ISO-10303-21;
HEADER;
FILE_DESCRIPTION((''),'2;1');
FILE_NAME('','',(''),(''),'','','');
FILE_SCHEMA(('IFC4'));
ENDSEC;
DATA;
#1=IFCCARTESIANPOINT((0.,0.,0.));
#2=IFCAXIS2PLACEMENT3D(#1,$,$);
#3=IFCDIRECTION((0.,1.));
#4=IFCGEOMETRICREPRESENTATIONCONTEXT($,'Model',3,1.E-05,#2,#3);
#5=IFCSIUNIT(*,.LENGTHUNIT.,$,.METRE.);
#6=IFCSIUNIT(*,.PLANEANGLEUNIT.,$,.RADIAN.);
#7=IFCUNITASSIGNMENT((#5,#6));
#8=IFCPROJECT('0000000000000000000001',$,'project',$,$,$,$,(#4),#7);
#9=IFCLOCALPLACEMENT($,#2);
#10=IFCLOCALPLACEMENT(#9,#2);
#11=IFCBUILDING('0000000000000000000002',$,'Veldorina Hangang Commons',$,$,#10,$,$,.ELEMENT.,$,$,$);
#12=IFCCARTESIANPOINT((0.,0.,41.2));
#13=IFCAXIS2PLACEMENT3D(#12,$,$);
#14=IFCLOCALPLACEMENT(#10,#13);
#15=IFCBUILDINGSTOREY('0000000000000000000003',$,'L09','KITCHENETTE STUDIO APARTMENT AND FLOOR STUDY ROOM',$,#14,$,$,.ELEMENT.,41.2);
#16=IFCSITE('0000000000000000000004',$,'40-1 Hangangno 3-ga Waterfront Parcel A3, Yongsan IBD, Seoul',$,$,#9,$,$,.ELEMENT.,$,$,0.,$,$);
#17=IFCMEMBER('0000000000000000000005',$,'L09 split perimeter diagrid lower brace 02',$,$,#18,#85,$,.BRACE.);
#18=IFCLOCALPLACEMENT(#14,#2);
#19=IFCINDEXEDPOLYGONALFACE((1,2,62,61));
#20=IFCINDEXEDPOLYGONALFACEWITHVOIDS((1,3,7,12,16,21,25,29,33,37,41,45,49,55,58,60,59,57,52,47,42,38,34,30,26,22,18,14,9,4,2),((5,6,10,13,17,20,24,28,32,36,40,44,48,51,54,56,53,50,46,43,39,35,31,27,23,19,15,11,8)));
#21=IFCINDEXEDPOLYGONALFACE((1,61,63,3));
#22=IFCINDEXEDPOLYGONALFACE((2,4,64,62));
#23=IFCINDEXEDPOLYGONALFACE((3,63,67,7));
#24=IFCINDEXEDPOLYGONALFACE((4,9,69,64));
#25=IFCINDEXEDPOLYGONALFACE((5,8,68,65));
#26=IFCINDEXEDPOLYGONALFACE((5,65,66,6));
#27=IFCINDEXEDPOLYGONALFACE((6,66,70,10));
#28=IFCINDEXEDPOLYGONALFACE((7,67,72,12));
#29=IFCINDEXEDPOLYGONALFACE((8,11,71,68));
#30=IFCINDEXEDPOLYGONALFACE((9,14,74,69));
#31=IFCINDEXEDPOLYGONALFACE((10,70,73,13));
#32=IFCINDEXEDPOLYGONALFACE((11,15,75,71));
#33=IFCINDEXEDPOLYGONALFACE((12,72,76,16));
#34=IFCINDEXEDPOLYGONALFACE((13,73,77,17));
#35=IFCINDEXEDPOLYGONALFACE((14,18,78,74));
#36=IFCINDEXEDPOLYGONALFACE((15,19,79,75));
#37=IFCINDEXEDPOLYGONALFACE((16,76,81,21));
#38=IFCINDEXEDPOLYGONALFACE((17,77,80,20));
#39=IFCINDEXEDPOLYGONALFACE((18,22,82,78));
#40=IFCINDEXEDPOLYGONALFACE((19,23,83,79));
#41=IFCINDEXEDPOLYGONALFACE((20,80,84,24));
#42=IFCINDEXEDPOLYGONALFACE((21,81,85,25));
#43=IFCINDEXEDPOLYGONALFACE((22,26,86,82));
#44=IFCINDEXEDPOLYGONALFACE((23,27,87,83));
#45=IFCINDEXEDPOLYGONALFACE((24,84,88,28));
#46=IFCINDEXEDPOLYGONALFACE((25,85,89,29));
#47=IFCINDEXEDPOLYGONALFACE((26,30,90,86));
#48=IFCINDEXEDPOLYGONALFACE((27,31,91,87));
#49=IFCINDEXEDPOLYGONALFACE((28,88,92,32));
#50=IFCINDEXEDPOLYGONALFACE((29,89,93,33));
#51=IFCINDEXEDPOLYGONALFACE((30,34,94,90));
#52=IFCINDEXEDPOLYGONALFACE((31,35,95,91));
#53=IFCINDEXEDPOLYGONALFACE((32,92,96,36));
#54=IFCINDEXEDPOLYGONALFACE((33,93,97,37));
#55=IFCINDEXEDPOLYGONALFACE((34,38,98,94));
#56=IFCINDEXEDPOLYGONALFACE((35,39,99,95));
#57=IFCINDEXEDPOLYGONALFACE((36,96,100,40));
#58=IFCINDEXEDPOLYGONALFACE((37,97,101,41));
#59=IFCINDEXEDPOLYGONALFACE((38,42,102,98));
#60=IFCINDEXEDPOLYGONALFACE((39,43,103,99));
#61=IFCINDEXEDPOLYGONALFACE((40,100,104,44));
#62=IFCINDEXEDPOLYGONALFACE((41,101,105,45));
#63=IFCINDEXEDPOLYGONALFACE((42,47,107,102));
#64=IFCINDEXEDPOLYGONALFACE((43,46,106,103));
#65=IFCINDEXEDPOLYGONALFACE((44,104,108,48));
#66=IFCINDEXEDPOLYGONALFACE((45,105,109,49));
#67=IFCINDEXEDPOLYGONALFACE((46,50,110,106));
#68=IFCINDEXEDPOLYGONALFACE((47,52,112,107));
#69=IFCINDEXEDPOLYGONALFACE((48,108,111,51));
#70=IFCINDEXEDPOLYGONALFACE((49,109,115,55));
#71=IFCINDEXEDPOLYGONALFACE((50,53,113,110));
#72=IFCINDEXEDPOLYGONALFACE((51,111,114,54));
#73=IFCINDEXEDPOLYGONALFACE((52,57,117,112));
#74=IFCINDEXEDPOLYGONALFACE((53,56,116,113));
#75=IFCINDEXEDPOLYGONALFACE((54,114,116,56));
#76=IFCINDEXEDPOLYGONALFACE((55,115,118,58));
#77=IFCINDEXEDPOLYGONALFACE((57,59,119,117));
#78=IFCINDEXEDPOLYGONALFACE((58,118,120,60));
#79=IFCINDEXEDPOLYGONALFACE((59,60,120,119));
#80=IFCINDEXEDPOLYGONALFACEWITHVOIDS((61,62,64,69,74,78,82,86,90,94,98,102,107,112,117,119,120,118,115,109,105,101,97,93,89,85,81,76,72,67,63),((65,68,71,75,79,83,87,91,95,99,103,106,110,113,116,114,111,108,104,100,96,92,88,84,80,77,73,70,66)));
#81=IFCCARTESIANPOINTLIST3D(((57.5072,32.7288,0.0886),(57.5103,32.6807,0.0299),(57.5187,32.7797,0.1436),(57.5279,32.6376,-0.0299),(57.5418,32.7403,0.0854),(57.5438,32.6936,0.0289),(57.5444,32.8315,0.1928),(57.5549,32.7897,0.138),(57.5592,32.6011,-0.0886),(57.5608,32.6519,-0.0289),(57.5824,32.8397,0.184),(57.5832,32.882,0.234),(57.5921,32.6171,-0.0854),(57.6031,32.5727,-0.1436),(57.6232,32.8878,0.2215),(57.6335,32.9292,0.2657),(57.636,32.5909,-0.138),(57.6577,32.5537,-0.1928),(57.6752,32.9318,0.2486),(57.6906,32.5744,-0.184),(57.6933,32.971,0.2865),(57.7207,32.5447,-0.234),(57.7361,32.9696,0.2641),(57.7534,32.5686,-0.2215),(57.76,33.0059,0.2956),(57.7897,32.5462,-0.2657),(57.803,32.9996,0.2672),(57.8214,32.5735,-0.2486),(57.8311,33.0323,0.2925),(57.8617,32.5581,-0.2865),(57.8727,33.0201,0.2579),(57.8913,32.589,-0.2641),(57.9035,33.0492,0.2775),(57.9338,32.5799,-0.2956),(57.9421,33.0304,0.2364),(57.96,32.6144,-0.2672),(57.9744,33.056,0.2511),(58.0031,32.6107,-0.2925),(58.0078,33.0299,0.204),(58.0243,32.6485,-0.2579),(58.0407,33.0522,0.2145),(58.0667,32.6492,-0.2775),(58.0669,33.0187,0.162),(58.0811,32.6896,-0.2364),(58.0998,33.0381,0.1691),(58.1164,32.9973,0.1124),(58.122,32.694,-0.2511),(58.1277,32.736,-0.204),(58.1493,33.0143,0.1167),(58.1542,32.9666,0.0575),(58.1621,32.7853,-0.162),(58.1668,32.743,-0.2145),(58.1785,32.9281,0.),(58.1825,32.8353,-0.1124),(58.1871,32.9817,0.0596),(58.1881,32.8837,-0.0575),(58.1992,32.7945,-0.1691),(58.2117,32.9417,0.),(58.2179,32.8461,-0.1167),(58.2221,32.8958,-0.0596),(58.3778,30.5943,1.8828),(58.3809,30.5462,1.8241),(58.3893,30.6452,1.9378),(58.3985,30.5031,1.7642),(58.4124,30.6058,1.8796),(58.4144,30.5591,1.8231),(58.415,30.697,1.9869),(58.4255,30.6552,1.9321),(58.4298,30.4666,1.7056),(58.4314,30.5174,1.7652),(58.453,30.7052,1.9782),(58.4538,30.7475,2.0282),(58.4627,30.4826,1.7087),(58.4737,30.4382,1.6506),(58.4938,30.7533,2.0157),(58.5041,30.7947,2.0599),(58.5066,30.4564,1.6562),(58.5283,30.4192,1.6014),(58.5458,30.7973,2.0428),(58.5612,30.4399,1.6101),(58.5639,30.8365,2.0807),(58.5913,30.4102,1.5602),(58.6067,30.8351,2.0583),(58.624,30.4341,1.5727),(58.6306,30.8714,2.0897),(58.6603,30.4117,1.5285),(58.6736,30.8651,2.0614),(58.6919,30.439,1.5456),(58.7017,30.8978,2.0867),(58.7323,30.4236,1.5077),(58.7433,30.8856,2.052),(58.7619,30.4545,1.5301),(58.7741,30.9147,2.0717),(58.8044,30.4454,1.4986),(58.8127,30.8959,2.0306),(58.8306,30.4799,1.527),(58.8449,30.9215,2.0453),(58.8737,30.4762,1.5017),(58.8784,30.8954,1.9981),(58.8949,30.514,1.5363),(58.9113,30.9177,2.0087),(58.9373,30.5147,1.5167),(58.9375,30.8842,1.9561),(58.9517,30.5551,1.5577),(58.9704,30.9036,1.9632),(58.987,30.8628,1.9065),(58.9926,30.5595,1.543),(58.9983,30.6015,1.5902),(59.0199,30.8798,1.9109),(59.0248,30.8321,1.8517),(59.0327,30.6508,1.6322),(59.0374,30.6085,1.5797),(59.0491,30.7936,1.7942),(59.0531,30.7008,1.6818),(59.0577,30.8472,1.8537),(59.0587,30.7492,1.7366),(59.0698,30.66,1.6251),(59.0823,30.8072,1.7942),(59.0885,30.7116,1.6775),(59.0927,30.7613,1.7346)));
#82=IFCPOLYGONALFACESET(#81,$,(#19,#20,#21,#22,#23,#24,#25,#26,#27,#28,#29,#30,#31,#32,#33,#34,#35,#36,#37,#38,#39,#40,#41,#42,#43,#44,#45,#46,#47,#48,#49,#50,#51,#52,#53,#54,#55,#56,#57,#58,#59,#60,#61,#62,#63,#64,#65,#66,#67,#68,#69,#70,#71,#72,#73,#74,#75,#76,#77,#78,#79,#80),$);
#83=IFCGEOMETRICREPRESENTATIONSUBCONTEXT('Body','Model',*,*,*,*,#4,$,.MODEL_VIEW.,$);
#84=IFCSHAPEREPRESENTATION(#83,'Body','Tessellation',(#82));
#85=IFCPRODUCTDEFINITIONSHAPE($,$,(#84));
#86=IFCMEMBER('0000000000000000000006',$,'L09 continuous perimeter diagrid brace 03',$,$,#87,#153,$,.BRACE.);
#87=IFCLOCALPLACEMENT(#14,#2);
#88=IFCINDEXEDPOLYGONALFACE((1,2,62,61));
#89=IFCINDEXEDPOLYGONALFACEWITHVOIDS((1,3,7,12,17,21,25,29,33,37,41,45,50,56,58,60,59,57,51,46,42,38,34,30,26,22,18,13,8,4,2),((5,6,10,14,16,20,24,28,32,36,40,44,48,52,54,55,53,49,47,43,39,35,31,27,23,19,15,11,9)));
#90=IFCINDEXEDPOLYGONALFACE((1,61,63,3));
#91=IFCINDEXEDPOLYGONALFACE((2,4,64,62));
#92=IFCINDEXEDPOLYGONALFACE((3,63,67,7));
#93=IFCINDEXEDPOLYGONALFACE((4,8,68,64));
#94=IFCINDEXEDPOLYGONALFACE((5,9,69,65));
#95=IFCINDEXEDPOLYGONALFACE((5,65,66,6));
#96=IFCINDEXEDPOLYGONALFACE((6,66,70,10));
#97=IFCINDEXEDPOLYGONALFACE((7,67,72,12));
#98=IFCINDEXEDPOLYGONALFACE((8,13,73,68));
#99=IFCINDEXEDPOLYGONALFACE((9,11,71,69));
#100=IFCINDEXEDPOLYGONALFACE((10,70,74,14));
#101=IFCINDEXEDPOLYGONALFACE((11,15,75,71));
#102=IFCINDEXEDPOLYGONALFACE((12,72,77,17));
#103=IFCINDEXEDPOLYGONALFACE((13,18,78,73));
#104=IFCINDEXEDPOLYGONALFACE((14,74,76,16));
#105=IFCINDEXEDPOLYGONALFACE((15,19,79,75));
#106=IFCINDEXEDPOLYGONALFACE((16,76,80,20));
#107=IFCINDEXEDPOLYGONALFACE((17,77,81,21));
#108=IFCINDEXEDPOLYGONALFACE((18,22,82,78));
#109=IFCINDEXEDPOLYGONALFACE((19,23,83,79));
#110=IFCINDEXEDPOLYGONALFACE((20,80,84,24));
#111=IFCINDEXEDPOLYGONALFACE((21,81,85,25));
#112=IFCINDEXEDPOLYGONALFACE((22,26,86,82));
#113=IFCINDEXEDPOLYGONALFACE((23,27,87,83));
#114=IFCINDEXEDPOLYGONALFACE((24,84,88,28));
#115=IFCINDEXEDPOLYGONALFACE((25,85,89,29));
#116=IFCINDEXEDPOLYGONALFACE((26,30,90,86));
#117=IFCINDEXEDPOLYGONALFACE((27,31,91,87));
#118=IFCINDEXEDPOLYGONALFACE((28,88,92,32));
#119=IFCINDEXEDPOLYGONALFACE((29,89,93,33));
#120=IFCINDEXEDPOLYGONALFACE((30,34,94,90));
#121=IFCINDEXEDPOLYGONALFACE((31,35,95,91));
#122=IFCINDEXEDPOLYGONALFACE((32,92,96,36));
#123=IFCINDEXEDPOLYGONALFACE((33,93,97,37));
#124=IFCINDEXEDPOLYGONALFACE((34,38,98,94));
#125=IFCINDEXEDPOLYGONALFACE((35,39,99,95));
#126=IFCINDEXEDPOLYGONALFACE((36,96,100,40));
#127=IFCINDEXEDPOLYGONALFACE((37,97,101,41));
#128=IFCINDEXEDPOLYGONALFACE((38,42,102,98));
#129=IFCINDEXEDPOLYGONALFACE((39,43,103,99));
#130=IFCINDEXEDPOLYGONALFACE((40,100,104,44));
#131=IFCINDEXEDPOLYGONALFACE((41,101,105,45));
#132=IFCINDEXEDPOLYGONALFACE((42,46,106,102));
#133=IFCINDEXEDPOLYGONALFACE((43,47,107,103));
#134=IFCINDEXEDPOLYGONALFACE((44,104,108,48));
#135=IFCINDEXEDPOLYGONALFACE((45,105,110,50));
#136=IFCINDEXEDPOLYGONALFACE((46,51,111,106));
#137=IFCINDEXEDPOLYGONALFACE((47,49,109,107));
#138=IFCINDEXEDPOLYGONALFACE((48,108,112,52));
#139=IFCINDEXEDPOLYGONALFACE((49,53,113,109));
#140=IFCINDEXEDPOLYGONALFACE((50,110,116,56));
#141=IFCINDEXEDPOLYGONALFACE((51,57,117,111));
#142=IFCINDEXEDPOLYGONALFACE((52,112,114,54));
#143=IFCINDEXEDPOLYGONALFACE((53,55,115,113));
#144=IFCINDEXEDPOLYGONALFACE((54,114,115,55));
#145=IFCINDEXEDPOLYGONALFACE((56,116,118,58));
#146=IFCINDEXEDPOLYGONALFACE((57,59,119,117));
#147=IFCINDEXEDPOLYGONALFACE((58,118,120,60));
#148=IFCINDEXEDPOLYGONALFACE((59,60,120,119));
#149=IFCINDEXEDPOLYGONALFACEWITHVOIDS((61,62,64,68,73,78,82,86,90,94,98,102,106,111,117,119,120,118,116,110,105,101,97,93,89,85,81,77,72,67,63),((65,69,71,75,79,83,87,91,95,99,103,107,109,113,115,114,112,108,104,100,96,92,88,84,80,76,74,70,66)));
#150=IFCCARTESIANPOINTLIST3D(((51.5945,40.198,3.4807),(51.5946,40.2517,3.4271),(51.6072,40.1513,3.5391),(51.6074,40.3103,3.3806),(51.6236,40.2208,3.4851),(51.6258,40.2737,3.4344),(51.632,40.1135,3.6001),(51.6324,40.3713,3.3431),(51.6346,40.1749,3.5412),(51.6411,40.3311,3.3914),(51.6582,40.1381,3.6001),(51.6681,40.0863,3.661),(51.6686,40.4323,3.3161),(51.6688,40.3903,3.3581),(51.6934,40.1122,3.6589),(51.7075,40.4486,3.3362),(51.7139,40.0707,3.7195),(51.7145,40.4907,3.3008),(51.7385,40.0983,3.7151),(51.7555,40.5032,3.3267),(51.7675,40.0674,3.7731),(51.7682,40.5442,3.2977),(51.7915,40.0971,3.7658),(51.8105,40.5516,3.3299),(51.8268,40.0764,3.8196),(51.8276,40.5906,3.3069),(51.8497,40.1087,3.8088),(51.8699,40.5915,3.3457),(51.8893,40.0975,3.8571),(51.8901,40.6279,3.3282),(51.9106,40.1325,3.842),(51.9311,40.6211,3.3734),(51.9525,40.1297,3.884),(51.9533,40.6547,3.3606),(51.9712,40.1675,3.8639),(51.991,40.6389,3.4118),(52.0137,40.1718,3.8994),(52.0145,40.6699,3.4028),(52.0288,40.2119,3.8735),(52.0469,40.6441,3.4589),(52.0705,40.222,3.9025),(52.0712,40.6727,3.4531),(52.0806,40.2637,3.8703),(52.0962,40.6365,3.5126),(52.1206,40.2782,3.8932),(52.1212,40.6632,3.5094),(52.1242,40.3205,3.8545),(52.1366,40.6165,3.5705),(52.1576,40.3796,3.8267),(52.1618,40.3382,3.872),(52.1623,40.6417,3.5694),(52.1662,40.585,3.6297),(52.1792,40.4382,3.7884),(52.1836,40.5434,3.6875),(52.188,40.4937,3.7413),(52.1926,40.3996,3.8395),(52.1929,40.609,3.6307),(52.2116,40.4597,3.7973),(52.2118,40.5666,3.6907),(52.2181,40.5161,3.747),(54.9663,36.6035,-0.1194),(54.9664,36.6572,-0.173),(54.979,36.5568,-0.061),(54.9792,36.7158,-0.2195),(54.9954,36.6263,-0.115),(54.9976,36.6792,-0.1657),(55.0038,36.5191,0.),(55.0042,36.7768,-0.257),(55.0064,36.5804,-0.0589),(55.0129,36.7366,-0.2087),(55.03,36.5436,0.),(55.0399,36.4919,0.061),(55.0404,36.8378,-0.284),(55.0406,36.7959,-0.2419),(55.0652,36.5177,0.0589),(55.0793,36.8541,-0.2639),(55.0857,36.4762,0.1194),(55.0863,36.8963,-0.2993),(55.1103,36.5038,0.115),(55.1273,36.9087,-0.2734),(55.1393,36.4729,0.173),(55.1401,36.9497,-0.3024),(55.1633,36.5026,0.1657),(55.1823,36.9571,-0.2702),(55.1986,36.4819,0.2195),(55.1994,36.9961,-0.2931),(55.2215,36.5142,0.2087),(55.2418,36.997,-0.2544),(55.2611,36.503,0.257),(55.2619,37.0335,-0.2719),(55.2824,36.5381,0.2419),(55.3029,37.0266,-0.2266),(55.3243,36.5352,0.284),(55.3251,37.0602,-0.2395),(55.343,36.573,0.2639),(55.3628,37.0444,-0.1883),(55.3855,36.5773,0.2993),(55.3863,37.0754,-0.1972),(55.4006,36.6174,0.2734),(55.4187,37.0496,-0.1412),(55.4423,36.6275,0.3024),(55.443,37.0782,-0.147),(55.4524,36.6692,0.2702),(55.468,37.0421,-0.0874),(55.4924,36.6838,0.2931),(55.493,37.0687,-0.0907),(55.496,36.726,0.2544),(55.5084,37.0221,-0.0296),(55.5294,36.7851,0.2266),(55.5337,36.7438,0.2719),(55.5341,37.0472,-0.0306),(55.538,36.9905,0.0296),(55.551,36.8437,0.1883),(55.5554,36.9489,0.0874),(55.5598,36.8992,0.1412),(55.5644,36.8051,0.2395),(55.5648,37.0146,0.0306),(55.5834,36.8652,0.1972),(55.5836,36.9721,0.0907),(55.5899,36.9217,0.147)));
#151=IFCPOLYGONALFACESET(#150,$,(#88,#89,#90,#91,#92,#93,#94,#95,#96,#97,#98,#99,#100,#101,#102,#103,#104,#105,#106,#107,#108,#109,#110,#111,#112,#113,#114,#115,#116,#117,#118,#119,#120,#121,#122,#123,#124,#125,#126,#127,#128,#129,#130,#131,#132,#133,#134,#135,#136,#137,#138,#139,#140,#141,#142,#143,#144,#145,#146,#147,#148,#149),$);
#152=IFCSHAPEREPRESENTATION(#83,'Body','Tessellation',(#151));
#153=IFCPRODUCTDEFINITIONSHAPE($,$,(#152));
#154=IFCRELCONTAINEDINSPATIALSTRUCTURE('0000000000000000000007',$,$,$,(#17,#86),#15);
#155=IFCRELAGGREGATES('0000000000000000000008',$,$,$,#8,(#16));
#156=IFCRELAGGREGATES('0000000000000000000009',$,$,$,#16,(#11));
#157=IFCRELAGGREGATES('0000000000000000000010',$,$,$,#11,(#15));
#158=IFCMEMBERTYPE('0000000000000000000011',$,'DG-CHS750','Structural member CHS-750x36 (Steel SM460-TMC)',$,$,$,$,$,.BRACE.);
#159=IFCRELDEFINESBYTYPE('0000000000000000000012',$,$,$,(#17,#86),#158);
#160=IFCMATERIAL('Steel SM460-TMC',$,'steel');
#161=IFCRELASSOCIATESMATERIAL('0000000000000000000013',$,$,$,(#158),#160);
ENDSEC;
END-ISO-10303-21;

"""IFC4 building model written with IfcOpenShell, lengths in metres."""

from ifc_helpers import new_model, si_unit, direction, frame, origin, origin_2d, place, context, subcontext, project, spatial, hollow_circle, extrude, material, material_profile, profile_set, type_object, element, save


model = new_model("IFC4")

# Units and contexts
model_context = context("Model", 3, precision=1e-05, world=origin(), true_north=direction((0.0, 1.0)))
body_context = subcontext(model_context, "Body", "Model", "MODEL_VIEW")
ifc_project = project(units=[si_unit("LENGTHUNIT", "METRE"), si_unit("PLANEANGLEUNIT", "RADIAN")], contexts=[model_context])

# Site, building, storey
site_placement = place(None, origin())
site = spatial("IfcSite", under=ifc_project, at=site_placement, Name="40-1 Hangangno 3-ga Waterfront Parcel A3, Yongsan IBD, Seoul", CompositionType="ELEMENT", RefElevation=0.0)
building_placement = place(site_placement, origin())
building = spatial("IfcBuilding", under=site, at=building_placement, Name="Veldorina Hangang Commons", CompositionType="ELEMENT")
storey_placement = place(building_placement, frame((0.0, 0.0, 41.2)))
storey = spatial("IfcBuildingStorey", under=building, at=storey_placement, Name="L09", Description="KITCHENETTE STUDIO APARTMENT AND FLOOR STUDY ROOM", CompositionType="ELEMENT", Elevation=41.2)

# Shared definitions
ifc_material_1 = material(Name="Steel SM460-TMC", Category="steel")

# Members
ifc_material_profile_1 = material_profile(ifc_material_1, hollow_circle(Radius=0.375, WallThickness=0.0359, at=origin_2d()), Name="CHS-750x36")
ifc_profile_set_1 = profile_set([ifc_material_profile_1], Name="Steel SM460-TMC")
member_type = type_object("IfcMemberType", Name="DG-CHS750", Description="Structural member CHS-750x36 (Steel SM460-TMC)", PredefinedType="BRACE", material=ifc_profile_set_1)
member_1_placement = place(storey_placement, frame((57.8645, 32.8, 0.0), z_axis=(0.298033, -0.730707, 0.614202), x_axis=(0.925943, 0.377664, 0.0)))
element("IfcMember", 1, at=member_1_placement, inside=storey, type_object=member_type, Name="L09 split perimeter diagrid lower brace 02", PredefinedType="BRACE", context=body_context, shape_type="SweptSolid", body=[
    extrude(hollow_circle(Radius=0.375, WallThickness=0.0359, at=origin_2d()), origin(), (0.0, 0.0, 1.0), 2.9211),
])
member_2_placement = place(storey_placement, frame((55.2773, 36.7756, 0.0), z_axis=(-0.55246, 0.588941, 0.589861), x_axis=(-0.729335, -0.684157, 0.0)))
element("IfcMember", 2, at=member_2_placement, inside=storey, type_object=member_type, Name="L09 continuous perimeter diagrid brace 03", PredefinedType="BRACE", context=body_context, shape_type="SweptSolid", body=[
    extrude(hollow_circle(Radius=0.375, WallThickness=0.0359, at=origin_2d()), origin(), (0.0, 0.0, 1.0), 6.1033),
])

save(model, "model.ifc")
